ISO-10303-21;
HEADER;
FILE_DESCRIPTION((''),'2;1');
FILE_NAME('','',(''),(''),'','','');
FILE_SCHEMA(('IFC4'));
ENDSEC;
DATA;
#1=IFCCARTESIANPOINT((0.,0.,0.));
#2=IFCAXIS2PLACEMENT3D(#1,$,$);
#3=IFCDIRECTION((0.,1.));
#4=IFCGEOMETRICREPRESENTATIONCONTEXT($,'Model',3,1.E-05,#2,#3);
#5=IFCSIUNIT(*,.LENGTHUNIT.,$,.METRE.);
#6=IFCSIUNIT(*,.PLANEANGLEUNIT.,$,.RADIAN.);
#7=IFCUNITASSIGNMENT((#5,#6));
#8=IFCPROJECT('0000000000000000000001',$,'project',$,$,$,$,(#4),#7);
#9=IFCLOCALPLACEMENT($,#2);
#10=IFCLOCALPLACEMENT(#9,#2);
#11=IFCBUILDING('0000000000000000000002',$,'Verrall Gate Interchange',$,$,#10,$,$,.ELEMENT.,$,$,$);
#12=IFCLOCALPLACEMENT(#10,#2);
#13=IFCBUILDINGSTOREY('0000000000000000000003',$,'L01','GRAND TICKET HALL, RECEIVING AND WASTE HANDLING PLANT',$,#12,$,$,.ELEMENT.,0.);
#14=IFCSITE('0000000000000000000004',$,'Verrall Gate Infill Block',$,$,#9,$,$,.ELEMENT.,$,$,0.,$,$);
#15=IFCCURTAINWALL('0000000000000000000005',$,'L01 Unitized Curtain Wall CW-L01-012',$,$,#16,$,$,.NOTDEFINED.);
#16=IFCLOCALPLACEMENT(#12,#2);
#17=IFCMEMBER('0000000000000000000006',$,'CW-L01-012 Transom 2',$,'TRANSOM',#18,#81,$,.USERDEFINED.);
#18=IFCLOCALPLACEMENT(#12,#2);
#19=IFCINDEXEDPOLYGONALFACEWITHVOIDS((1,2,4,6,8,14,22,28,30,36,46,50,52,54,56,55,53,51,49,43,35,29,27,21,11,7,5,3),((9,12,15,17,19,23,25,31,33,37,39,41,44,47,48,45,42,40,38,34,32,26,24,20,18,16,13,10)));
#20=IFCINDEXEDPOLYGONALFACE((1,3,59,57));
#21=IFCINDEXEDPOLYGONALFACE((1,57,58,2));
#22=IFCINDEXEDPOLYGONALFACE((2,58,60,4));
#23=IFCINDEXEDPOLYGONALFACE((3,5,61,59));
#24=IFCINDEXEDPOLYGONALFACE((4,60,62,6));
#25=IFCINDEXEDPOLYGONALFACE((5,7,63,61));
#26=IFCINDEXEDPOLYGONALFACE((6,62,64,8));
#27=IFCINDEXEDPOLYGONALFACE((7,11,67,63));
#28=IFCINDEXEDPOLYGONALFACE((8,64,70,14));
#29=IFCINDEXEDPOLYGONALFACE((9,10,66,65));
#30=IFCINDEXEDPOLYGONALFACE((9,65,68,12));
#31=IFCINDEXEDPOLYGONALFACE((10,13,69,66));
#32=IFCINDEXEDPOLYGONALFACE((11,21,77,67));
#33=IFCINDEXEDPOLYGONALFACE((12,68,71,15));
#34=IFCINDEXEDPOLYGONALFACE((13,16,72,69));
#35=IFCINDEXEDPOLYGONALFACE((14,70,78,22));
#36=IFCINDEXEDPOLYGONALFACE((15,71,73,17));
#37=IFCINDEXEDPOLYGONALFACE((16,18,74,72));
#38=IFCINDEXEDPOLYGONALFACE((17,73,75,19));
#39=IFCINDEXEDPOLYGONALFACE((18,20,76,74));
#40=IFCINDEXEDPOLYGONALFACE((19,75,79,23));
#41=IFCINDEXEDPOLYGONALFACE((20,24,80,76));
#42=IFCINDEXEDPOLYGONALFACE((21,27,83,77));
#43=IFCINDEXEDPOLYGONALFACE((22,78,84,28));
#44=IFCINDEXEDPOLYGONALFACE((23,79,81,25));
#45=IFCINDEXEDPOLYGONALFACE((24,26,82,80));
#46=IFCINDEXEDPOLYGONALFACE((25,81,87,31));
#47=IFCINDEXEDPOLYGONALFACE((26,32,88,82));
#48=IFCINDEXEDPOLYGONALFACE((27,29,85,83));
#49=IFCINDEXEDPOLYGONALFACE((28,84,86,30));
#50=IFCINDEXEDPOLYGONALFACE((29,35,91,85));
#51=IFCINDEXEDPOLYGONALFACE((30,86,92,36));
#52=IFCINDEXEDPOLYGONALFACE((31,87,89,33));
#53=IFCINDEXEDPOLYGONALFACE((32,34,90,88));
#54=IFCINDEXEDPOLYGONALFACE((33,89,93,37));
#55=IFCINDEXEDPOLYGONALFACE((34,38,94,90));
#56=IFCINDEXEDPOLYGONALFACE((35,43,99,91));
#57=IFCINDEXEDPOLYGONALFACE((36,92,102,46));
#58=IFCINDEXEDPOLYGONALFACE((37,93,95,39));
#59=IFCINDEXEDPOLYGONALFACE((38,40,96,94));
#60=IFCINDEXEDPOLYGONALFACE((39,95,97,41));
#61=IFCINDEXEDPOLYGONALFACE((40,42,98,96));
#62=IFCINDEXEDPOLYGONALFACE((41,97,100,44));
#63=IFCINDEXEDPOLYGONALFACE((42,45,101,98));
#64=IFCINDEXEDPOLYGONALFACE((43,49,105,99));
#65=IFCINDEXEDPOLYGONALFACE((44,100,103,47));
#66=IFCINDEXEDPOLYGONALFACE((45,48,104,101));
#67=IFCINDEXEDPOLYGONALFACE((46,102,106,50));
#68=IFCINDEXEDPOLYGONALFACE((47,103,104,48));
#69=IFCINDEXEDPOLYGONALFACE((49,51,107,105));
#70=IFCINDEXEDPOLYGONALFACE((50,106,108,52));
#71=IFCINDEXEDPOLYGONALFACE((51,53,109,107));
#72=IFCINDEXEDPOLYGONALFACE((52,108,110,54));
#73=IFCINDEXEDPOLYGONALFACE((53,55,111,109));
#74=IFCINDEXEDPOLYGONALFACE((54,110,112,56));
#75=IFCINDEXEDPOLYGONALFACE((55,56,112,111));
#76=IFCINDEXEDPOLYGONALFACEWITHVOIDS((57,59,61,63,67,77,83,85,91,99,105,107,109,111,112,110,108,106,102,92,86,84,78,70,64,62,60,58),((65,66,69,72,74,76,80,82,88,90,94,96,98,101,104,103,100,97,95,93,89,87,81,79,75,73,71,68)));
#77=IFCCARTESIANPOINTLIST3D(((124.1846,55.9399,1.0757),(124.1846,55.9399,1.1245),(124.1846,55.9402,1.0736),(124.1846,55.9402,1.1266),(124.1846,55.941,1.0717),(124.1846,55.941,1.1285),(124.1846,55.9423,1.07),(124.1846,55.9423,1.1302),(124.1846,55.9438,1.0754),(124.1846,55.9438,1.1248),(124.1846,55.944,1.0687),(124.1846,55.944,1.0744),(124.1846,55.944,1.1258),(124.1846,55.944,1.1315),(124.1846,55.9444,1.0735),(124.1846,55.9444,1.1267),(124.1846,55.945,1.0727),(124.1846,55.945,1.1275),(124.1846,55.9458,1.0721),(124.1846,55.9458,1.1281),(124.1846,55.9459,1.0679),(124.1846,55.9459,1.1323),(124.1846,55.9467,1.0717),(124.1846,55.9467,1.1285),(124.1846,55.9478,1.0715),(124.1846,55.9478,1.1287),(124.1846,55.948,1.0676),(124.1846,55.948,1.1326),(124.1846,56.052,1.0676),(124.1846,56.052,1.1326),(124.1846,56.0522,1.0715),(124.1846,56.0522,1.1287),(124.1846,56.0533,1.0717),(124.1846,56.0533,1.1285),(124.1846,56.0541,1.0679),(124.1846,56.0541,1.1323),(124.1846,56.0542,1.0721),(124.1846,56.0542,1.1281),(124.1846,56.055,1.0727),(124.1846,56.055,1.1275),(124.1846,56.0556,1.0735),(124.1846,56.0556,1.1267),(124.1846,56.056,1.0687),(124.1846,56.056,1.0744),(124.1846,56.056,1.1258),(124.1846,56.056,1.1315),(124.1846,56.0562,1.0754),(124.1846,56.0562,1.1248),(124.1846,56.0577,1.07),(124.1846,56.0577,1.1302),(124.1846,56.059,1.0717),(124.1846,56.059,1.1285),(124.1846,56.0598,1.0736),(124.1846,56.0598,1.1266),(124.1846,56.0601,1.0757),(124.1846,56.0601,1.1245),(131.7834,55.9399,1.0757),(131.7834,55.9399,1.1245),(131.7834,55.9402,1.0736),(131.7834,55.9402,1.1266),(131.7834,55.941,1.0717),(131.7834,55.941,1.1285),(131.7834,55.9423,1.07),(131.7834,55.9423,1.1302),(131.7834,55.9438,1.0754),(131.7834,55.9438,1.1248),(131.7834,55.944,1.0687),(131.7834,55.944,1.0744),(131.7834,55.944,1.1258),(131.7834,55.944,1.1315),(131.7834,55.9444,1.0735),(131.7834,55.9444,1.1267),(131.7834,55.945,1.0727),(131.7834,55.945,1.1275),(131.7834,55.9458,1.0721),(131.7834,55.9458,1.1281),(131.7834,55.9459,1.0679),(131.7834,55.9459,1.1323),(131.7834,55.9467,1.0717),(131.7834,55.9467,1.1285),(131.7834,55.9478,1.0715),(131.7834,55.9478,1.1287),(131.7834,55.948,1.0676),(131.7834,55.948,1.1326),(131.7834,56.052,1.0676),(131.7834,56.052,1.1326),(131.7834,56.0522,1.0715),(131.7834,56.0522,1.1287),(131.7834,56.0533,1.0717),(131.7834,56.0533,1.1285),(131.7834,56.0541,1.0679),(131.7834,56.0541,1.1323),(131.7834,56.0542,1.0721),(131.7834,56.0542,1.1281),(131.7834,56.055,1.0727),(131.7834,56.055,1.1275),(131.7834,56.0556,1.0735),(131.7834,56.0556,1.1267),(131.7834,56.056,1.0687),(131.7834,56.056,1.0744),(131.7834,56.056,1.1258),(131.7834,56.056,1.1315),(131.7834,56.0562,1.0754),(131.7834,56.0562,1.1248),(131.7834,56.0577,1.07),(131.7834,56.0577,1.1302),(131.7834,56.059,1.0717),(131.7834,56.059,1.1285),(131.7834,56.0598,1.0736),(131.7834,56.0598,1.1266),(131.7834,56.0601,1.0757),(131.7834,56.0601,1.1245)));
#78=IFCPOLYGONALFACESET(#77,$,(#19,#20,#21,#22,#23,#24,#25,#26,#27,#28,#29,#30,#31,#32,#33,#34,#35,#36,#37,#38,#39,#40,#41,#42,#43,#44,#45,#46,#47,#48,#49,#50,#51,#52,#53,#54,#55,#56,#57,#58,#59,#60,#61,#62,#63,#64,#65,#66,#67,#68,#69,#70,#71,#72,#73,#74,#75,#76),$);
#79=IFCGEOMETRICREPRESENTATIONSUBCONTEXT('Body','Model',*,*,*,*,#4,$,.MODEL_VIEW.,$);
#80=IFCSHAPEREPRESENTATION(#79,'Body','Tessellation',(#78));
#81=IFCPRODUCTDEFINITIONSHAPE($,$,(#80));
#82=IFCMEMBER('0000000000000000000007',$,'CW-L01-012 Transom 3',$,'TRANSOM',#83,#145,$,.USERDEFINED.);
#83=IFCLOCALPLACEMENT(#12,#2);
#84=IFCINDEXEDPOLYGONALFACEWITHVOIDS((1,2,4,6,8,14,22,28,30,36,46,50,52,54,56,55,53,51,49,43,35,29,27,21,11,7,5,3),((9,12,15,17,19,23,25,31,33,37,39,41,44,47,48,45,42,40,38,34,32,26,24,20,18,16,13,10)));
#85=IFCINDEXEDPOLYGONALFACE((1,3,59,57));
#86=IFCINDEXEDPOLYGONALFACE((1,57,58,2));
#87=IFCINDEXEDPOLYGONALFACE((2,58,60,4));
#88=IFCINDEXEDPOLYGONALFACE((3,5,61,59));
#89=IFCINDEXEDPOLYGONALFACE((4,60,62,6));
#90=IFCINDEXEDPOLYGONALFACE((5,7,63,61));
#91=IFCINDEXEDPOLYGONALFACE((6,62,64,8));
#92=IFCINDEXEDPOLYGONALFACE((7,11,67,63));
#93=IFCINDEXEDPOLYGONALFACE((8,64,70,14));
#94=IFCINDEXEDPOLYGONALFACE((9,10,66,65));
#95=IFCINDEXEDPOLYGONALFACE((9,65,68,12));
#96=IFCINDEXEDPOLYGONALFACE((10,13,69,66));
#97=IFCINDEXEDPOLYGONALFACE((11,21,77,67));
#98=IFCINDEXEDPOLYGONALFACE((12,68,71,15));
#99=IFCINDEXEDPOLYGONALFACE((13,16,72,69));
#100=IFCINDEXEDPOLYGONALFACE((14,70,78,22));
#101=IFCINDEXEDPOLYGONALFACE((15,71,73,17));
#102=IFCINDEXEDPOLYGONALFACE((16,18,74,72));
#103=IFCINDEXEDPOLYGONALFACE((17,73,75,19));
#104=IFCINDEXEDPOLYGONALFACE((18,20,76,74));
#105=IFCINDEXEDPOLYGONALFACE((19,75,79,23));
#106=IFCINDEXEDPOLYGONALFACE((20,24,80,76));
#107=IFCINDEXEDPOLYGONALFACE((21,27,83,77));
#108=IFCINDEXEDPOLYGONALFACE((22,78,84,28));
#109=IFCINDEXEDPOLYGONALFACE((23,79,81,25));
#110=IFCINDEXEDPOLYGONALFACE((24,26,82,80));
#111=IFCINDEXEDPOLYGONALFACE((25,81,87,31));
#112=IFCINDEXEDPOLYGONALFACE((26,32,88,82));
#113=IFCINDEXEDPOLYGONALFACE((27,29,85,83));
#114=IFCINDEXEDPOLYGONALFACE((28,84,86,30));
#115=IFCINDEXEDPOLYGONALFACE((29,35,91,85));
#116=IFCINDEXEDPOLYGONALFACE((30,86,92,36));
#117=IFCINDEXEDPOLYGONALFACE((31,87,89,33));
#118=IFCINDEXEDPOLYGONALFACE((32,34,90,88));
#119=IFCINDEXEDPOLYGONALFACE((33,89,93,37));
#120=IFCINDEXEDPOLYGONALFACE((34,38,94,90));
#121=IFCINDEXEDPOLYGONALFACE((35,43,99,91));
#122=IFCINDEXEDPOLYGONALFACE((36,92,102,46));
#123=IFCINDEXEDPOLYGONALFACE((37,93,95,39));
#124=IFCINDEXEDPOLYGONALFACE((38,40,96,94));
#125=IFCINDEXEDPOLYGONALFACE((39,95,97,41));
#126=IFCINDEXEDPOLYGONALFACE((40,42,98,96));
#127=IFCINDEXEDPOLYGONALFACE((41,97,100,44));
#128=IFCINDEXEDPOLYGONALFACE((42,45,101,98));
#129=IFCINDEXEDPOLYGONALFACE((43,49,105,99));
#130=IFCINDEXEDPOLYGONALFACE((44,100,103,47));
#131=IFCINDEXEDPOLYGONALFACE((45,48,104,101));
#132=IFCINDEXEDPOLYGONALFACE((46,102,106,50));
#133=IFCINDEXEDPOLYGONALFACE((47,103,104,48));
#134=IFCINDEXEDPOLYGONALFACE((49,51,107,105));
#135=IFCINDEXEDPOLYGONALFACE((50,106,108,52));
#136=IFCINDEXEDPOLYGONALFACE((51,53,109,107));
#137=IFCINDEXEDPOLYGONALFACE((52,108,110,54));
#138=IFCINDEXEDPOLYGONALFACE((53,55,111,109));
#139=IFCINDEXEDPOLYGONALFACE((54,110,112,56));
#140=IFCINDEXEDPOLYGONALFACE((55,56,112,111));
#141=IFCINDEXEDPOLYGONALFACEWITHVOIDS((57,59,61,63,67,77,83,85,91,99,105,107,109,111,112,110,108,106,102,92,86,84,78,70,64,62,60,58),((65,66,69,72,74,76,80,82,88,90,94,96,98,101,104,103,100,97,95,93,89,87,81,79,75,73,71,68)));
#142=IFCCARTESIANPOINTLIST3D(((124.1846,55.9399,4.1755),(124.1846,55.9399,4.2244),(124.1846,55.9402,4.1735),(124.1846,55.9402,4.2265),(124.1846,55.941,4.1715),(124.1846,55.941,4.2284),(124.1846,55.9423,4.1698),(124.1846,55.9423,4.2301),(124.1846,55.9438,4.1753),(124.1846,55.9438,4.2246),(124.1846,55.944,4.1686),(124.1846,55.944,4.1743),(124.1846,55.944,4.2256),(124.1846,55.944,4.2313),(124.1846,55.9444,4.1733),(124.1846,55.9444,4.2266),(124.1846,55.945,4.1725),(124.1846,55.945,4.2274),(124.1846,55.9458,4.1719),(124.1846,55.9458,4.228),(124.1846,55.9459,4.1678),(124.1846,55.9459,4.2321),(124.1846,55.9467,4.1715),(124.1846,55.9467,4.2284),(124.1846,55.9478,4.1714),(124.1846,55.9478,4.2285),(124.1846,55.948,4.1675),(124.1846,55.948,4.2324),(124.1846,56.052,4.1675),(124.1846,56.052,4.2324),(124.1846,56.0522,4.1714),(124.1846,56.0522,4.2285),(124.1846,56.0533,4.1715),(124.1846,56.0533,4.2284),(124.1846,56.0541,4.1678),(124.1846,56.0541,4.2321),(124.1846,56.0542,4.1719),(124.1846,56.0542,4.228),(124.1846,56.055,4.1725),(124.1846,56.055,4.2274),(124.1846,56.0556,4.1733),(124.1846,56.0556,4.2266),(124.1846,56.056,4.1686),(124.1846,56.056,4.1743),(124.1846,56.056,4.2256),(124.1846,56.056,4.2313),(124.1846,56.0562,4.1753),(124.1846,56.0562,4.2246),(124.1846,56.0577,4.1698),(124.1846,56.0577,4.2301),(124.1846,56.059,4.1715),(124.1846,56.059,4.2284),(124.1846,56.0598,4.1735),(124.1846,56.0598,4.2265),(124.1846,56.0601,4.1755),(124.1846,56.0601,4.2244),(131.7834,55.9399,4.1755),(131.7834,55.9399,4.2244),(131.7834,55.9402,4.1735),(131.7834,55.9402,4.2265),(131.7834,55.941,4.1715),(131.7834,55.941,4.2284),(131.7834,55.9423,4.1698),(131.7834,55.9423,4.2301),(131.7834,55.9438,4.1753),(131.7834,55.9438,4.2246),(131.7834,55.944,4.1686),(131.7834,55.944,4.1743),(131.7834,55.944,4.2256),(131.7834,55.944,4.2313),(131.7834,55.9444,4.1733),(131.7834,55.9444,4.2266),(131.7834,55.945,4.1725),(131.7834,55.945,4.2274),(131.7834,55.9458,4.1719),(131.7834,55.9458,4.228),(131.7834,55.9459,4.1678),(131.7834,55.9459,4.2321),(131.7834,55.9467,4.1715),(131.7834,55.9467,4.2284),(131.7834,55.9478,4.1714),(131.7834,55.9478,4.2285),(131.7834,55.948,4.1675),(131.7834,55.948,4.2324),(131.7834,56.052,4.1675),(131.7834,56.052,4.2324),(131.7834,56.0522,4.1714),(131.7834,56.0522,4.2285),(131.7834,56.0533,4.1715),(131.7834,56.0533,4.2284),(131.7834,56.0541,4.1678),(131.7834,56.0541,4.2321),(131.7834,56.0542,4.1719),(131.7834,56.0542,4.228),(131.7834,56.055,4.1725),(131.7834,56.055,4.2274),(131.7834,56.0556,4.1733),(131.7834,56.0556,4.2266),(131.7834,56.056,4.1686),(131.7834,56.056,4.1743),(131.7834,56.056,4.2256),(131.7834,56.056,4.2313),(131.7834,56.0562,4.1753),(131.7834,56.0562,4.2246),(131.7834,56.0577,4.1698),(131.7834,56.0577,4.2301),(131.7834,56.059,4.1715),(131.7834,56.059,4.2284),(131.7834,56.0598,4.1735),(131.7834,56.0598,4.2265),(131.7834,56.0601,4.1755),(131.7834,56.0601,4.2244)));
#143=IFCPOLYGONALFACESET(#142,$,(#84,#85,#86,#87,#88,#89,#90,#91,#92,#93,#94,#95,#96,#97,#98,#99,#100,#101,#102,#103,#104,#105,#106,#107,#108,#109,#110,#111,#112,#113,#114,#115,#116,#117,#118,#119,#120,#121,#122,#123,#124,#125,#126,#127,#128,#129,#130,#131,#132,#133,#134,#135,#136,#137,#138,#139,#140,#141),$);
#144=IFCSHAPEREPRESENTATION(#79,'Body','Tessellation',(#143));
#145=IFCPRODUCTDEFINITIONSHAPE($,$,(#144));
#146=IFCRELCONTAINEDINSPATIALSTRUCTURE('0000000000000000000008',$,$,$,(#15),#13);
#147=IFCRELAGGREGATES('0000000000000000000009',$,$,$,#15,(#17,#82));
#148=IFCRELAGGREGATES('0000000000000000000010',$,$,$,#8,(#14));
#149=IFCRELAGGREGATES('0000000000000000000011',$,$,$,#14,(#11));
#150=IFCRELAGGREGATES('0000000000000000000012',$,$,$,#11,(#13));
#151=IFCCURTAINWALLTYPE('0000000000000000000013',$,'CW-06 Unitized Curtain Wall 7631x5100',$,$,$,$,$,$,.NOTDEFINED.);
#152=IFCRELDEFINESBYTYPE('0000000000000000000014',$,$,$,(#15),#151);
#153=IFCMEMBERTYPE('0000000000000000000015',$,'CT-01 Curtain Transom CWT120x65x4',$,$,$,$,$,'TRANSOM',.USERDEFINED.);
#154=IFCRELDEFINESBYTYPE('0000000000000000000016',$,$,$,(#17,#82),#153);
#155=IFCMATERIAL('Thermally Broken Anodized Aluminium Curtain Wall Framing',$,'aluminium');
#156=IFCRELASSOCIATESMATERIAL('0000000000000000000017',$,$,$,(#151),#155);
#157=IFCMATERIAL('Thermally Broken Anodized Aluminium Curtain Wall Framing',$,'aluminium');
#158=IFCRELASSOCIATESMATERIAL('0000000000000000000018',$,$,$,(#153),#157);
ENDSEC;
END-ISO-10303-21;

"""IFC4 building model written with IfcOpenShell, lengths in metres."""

from ifc_helpers import new_model, si_unit, direction, frame, origin, origin_2d, place, context, subcontext, project, spatial, hollow_rectangle, extrude, material, material_profile, profile_set, type_object, element, aggregate, save


model = new_model("IFC4")

# Units and contexts
model_context = context("Model", 3, precision=1e-05, world=origin(), true_north=direction((0.0, 1.0)))
body_context = subcontext(model_context, "Body", "Model", "MODEL_VIEW")
ifc_project = project(units=[si_unit("LENGTHUNIT", "METRE"), si_unit("PLANEANGLEUNIT", "RADIAN")], contexts=[model_context])

# Site, building, storey
site_placement = place(None, origin())
site = spatial("IfcSite", under=ifc_project, at=site_placement, Name="Verrall Gate Infill Block", CompositionType="ELEMENT", RefElevation=0.0)
building_placement = place(site_placement, origin())
building = spatial("IfcBuilding", under=site, at=building_placement, Name="Verrall Gate Interchange", CompositionType="ELEMENT")
storey_placement = place(building_placement, origin())
storey = spatial("IfcBuildingStorey", under=building, at=storey_placement, Name="L01", Description="GRAND TICKET HALL, RECEIVING AND WASTE HANDLING PLANT", CompositionType="ELEMENT", Elevation=0.0)

# Curtain wall
ifc_material_1 = material(Name="Thermally Broken Anodized Aluminium Curtain Wall Framing", Category="aluminium")
curtain_wall_type = type_object("IfcCurtainWallType", Name="CW-06 Unitized Curtain Wall 7631x5100", PredefinedType="NOTDEFINED", material=ifc_material_1)
curtain_wall_1_placement = place(storey_placement, origin())
curtain_wall_1 = element("IfcCurtainWall", 1, at=curtain_wall_1_placement, inside=storey, type_object=curtain_wall_type, Name="L01 Unitized Curtain Wall CW-L01-012", PredefinedType="NOTDEFINED")

# Members
ifc_material_2 = material(Name="Thermally Broken Anodized Aluminium Curtain Wall Framing", Category="aluminium")
ifc_material_profile_1 = material_profile(ifc_material_2, hollow_rectangle(XDim=0.1201, YDim=0.0649, WallThickness=0.0039, InnerFilletRadius=0.0039, OuterFilletRadius=0.0081, at=origin_2d()), Name="CWT120x65x4")
ifc_profile_set_1 = profile_set([ifc_material_profile_1], Name="Thermally Broken Anodized Aluminium Curtain Wall Framing")
member_type_1 = type_object("IfcMemberType", Name="CT-01 Curtain Transom CWT120x65x4", ElementType="TRANSOM", PredefinedType="USERDEFINED", material=ifc_profile_set_1)
member_1_placement = place(storey_placement, frame((131.7834, 56.0, 1.1001), z_axis=(-1.0, 0.0, 0.0), x_axis=(0.0, -1.0, 0.0)))
member_1 = element("IfcMember", 2, at=member_1_placement, type_object=member_type_1, Name="CW-L01-012 Transom 2", ObjectType="TRANSOM", PredefinedType="USERDEFINED", context=body_context, shape_type="SweptSolid", body=[
    extrude(hollow_rectangle(XDim=0.1201, YDim=0.0649, WallThickness=0.0039, InnerFilletRadius=0.0039, OuterFilletRadius=0.0081, at=origin_2d()), origin(), (0.0, 0.0, 1.0), 7.5989),
])
member_2_placement = place(storey_placement, frame((131.7834, 56.0, 4.2), z_axis=(-1.0, 0.0, 0.0), x_axis=(0.0, -1.0, 0.0)))
member_2 = element("IfcMember", 3, at=member_2_placement, type_object=member_type_1, Name="CW-L01-012 Transom 3", ObjectType="TRANSOM", PredefinedType="USERDEFINED", context=body_context, shape_type="SweptSolid", body=[
    extrude(hollow_rectangle(XDim=0.1201, YDim=0.0649, WallThickness=0.0039, InnerFilletRadius=0.0039, OuterFilletRadius=0.0081, at=origin_2d()), origin(), (0.0, 0.0, 1.0), 7.5989),
])

aggregate(curtain_wall_1, [member_1, member_2])

save(model, "model.ifc")
